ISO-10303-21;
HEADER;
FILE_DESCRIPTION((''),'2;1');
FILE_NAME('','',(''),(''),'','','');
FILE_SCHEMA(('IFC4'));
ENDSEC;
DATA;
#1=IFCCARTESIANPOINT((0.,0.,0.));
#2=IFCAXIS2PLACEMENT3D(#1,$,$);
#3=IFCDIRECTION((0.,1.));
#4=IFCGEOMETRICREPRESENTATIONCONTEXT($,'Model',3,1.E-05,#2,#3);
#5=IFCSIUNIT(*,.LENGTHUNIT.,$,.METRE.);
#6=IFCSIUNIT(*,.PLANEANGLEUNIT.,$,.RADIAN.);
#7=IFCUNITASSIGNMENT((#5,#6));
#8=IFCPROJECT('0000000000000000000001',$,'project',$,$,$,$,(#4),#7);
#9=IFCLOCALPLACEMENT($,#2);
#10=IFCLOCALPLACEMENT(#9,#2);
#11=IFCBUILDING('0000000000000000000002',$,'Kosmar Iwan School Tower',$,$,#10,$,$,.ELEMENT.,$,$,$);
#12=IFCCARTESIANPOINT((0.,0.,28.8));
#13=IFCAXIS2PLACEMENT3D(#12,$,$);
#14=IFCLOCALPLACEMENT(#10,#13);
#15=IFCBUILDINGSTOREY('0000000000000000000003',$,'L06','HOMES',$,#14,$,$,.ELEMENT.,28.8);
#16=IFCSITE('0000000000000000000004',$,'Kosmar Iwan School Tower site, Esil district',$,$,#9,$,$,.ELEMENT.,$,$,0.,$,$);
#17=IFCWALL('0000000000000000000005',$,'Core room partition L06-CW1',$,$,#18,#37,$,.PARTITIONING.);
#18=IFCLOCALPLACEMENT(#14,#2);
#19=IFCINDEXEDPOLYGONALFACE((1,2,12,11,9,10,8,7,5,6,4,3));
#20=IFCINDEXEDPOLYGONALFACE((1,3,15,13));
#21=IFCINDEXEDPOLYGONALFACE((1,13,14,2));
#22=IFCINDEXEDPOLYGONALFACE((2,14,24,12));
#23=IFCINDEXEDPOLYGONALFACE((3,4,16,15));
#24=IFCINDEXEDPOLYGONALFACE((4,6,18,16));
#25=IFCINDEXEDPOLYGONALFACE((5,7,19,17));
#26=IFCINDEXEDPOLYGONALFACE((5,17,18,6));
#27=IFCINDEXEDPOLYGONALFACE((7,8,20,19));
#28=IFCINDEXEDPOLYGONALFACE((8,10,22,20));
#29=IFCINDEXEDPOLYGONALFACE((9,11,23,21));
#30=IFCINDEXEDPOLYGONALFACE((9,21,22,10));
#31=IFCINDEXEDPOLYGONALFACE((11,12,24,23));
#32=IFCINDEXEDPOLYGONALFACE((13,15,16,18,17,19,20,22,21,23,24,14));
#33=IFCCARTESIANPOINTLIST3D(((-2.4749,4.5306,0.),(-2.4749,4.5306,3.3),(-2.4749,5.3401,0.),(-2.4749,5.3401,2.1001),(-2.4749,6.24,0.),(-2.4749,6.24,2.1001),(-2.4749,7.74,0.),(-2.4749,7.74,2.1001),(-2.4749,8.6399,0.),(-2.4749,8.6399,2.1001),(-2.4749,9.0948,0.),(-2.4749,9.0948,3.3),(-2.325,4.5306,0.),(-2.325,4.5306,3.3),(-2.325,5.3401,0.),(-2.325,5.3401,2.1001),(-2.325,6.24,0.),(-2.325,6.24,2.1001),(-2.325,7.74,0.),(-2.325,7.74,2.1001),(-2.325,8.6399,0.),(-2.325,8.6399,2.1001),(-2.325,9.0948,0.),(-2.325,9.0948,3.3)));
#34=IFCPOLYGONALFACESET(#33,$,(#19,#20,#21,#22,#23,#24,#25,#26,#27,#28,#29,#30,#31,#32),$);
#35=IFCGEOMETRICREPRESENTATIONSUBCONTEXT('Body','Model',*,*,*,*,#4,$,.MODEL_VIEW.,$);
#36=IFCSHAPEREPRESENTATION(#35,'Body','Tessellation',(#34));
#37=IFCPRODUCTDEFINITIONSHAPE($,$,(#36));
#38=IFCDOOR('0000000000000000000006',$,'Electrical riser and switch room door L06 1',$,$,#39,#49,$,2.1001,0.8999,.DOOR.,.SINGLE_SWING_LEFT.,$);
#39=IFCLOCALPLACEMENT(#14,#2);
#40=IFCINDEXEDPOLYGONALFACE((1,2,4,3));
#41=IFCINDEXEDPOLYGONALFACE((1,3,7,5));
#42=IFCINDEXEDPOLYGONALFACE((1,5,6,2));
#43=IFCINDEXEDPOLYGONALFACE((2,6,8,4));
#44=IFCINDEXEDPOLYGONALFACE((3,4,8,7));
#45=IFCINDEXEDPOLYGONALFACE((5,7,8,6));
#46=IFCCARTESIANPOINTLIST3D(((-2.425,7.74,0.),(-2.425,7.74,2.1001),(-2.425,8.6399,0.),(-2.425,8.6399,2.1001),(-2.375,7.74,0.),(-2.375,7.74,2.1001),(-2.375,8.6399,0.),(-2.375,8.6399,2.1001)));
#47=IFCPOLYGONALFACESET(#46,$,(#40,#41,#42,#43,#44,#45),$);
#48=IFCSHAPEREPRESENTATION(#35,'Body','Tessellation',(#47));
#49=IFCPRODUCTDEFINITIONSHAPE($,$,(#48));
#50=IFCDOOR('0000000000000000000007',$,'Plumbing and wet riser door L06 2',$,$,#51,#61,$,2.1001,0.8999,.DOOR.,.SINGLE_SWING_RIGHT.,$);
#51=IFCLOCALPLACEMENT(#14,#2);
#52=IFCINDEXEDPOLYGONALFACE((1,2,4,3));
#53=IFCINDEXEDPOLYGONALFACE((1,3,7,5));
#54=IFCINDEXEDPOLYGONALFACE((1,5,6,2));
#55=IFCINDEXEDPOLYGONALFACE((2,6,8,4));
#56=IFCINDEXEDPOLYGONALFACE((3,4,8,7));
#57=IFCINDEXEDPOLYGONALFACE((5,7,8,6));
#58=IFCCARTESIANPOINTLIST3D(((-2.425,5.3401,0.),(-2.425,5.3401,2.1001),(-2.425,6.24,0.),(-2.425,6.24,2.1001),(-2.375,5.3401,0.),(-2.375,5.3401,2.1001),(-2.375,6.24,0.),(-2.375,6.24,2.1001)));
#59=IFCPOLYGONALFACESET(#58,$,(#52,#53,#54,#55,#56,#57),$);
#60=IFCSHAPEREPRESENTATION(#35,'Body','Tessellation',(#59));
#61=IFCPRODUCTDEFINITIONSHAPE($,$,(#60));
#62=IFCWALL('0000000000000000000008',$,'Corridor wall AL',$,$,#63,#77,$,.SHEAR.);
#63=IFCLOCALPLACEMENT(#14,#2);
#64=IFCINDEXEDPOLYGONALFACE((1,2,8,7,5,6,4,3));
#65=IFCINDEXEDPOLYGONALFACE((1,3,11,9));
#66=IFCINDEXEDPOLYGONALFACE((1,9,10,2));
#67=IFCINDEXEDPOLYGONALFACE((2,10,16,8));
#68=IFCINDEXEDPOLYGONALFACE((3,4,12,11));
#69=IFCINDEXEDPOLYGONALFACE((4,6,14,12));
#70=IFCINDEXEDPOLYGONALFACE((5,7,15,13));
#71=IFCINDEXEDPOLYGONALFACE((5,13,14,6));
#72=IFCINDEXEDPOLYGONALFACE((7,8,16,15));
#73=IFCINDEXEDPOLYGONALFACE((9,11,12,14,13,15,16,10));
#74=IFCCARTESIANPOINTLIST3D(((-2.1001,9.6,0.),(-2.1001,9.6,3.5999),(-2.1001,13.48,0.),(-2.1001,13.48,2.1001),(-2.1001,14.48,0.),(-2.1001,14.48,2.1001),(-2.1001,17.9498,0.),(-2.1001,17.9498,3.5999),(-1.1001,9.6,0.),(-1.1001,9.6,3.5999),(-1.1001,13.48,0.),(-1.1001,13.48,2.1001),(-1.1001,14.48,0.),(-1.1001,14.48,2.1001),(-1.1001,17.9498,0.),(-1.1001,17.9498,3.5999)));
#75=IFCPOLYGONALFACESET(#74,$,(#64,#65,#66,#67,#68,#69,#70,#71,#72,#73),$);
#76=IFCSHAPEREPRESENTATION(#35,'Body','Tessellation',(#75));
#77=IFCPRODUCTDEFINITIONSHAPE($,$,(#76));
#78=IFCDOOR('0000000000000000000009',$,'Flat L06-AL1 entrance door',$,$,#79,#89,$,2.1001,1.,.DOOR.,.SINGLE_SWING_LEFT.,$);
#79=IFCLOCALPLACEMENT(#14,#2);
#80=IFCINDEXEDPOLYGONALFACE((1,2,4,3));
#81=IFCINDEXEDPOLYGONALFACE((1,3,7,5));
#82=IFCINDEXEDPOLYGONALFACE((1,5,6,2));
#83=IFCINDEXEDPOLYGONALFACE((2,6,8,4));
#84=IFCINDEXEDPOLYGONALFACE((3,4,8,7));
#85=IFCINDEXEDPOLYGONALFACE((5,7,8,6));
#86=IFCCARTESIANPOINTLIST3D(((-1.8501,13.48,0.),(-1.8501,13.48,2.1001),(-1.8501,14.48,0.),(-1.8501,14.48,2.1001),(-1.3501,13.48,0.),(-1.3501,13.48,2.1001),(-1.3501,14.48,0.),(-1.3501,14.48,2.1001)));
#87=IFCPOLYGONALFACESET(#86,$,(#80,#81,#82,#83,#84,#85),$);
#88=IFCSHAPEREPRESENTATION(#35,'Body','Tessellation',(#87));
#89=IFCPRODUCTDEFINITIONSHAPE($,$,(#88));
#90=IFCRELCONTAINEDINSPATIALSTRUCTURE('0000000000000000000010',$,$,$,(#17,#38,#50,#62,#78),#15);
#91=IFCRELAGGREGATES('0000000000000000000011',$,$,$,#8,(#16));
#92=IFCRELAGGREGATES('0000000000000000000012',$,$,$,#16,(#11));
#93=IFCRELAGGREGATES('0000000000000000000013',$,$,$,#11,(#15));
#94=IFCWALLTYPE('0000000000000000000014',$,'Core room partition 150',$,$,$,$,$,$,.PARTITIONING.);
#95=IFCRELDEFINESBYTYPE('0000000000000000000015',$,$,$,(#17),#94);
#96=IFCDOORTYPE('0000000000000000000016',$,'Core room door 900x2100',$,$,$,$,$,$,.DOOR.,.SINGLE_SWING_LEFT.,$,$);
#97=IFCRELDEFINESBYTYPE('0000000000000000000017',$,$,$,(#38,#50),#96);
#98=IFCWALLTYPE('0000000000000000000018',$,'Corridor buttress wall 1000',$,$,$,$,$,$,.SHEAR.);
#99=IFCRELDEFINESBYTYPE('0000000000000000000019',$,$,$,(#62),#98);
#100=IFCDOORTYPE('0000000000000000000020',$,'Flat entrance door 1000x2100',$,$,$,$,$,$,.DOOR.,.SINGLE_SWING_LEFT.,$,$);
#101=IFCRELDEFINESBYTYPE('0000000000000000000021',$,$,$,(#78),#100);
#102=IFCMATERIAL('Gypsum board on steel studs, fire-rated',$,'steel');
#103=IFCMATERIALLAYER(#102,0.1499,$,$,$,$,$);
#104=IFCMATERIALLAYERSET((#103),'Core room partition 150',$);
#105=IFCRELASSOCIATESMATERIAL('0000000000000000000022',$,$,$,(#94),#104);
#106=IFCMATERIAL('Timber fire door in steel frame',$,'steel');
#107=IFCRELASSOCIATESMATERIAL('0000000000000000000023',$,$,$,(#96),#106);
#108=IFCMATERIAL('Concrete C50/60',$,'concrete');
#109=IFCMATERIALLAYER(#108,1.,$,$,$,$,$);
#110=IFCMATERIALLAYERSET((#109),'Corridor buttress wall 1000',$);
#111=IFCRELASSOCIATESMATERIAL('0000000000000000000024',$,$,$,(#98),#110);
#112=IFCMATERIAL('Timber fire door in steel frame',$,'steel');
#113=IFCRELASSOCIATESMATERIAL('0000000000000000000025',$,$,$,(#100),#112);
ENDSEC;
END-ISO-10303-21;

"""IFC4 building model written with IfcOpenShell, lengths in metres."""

from ifc_helpers import new_model, si_unit, direction, frame, frame_2d, origin, place, context, subcontext, project, spatial, rectangle, extrude, material, layer, layer_set, type_object, element, fill, save


model = new_model("IFC4")

# Units and contexts
model_context = context("Model", 3, precision=1e-05, world=origin(), true_north=direction((0.0, 1.0)))
body_context = subcontext(model_context, "Body", "Model", "MODEL_VIEW")
ifc_project = project(units=[si_unit("LENGTHUNIT", "METRE"), si_unit("PLANEANGLEUNIT", "RADIAN")], contexts=[model_context])

# Site, building, storey
site_placement = place(None, origin())
site = spatial("IfcSite", under=ifc_project, at=site_placement, Name="Kosmar Iwan School Tower site, Esil district", CompositionType="ELEMENT", RefElevation=0.0)
building_placement = place(site_placement, origin())
building = spatial("IfcBuilding", under=site, at=building_placement, Name="Kosmar Iwan School Tower", CompositionType="ELEMENT")
storey_placement = place(building_placement, frame((0.0, 0.0, 28.8)))
storey = spatial("IfcBuildingStorey", under=building, at=storey_placement, Name="L06", Description="HOMES", CompositionType="ELEMENT", Elevation=28.8)

# Wall, openings, doors
ifc_material_1 = material(Name="Gypsum board on steel studs, fire-rated", Category="steel")
ifc_layer_1 = layer(ifc_material_1, 0.1499)
ifc_layer_set_1 = layer_set([ifc_layer_1], Name="Core room partition 150")
wall_type_1 = type_object("IfcWallType", Name="Core room partition 150", PredefinedType="PARTITIONING", material=ifc_layer_set_1)
wall_1_placement = place(storey_placement, frame((-2.3999, 9.095, 0.0), z_axis=(0.0, 0.0, 1.0), x_axis=(0.0, -1.0, 0.0)))
wall_1 = element("IfcWall", 1, at=wall_1_placement, inside=storey, type_object=wall_type_1, Name="Core room partition L06-CW1", PredefinedType="PARTITIONING", context=body_context, shape_type="SweptSolid", body=[
    extrude(rectangle(XDim=4.5642, YDim=0.1499, at=frame_2d((2.2822, 0.0))), origin(), (0.0, 0.0, 1.0), 3.3),
])
opening_1_placement = place(wall_1_placement, frame((0.4551, 0.0, 0.0)))
opening_1 = element("IfcOpeningElement", 2, at=opening_1_placement, cuts=wall_1, PredefinedType="OPENING", context=body_context, shape_type="SweptSolid", body=[
    extrude(rectangle(XDim=0.8999, YDim=2.1001, at=frame_2d((0.45, 1.05))), frame((0.0, 0.0869, 0.0), z_axis=(0.0, -1.0, 0.0), x_axis=(1.0, 0.0, 0.0)), (0.0, 0.0, 1.0), 0.1738),
])
opening_2_placement = place(wall_1_placement, frame((2.855, 0.0, 0.0)))
opening_2 = element("IfcOpeningElement", 3, at=opening_2_placement, cuts=wall_1, PredefinedType="OPENING", context=body_context, shape_type="SweptSolid", body=[
    extrude(rectangle(XDim=0.8999, YDim=2.1001, at=frame_2d((0.45, 1.05))), frame((0.0, 0.0869, 0.0), z_axis=(0.0, -1.0, 0.0), x_axis=(1.0, 0.0, 0.0)), (0.0, 0.0, 1.0), 0.1738),
])
ifc_material_2 = material(Name="Timber fire door in steel frame", Category="steel")
door_type_1 = type_object("IfcDoorType", Name="Core room door 900x2100", OperationType="SINGLE_SWING_LEFT", PredefinedType="DOOR", material=ifc_material_2)
door_1_placement = place(opening_1_placement, origin())
door_1 = element("IfcDoor", 4, at=door_1_placement, inside=storey, type_object=door_type_1, Name="Electrical riser and switch room door L06 1", OperationType="SINGLE_SWING_LEFT", OverallHeight=2.1001, OverallWidth=0.8999, PredefinedType="DOOR", context=body_context, shape_type="SweptSolid", body=[
    extrude(rectangle(XDim=0.8999, YDim=2.1001, at=frame_2d((0.45, 1.05))), frame((0.0, 0.0249, 0.0), z_axis=(0.0, -1.0, 0.0), x_axis=(1.0, 0.0, 0.0)), (0.0, 0.0, 1.0), 0.05),
])
fill(opening_1, door_1)
door_2_placement = place(opening_2_placement, origin())
door_2 = element("IfcDoor", 5, at=door_2_placement, inside=storey, type_object=door_type_1, Name="Plumbing and wet riser door L06 2", OperationType="SINGLE_SWING_RIGHT", OverallHeight=2.1001, OverallWidth=0.8999, PredefinedType="DOOR", context=body_context, shape_type="SweptSolid", body=[
    extrude(rectangle(XDim=0.8999, YDim=2.1001, at=frame_2d((0.45, 1.05))), frame((0.0, 0.0249, 0.0), z_axis=(0.0, -1.0, 0.0), x_axis=(1.0, 0.0, 0.0)), (0.0, 0.0, 1.0), 0.05),
])
fill(opening_2, door_2)

# Wall, opening, door
ifc_material_3 = material(Name="Concrete C50/60", Category="concrete")
ifc_layer_2 = layer(ifc_material_3, 1.0)
ifc_layer_set_2 = layer_set([ifc_layer_2], Name="Corridor buttress wall 1000")
wall_type_2 = type_object("IfcWallType", Name="Corridor buttress wall 1000", PredefinedType="SHEAR", material=ifc_layer_set_2)
wall_2_placement = place(storey_placement, frame((-1.6001, 9.6001, 0.0), z_axis=(0.0, 0.0, 1.0), x_axis=(0.0, 1.0, 0.0)))
wall_2 = element("IfcWall", 6, at=wall_2_placement, inside=storey, type_object=wall_type_2, Name="Corridor wall AL", PredefinedType="SHEAR", context=body_context, shape_type="SweptSolid", body=[
    extrude(rectangle(XDim=8.3499, YDim=1.0, at=frame_2d((4.1748, 0.0))), origin(), (0.0, 0.0, 1.0), 3.5999),
])
opening_3_placement = place(wall_2_placement, frame((3.8799, 0.0, 0.0)))
opening_3 = element("IfcOpeningElement", 7, at=opening_3_placement, cuts=wall_2, PredefinedType="OPENING", context=body_context, shape_type="SweptSolid", body=[
    extrude(rectangle(XDim=1.0, YDim=2.1001, at=frame_2d((0.5, 1.05))), frame((0.0, 0.512, 0.0), z_axis=(0.0, -1.0, 0.0), x_axis=(1.0, 0.0, 0.0)), (0.0, 0.0, 1.0), 1.0239),
])
ifc_material_4 = material(Name="Timber fire door in steel frame", Category="steel")
door_type_2 = type_object("IfcDoorType", Name="Flat entrance door 1000x2100", OperationType="SINGLE_SWING_LEFT", PredefinedType="DOOR", material=ifc_material_4)
door_3_placement = place(opening_3_placement, origin())
door_3 = element("IfcDoor", 8, at=door_3_placement, inside=storey, type_object=door_type_2, Name="Flat L06-AL1 entrance door", OperationType="SINGLE_SWING_LEFT", OverallHeight=2.1001, OverallWidth=1.0, PredefinedType="DOOR", context=body_context, shape_type="SweptSolid", body=[
    extrude(rectangle(XDim=1.0, YDim=2.1001, at=frame_2d((0.5, 1.05))), frame((0.0, 0.25, 0.0), z_axis=(0.0, -1.0, 0.0), x_axis=(1.0, 0.0, 0.0)), (0.0, 0.0, 1.0), 0.5),
])
fill(opening_3, door_3)

save(model, "model.ifc")
